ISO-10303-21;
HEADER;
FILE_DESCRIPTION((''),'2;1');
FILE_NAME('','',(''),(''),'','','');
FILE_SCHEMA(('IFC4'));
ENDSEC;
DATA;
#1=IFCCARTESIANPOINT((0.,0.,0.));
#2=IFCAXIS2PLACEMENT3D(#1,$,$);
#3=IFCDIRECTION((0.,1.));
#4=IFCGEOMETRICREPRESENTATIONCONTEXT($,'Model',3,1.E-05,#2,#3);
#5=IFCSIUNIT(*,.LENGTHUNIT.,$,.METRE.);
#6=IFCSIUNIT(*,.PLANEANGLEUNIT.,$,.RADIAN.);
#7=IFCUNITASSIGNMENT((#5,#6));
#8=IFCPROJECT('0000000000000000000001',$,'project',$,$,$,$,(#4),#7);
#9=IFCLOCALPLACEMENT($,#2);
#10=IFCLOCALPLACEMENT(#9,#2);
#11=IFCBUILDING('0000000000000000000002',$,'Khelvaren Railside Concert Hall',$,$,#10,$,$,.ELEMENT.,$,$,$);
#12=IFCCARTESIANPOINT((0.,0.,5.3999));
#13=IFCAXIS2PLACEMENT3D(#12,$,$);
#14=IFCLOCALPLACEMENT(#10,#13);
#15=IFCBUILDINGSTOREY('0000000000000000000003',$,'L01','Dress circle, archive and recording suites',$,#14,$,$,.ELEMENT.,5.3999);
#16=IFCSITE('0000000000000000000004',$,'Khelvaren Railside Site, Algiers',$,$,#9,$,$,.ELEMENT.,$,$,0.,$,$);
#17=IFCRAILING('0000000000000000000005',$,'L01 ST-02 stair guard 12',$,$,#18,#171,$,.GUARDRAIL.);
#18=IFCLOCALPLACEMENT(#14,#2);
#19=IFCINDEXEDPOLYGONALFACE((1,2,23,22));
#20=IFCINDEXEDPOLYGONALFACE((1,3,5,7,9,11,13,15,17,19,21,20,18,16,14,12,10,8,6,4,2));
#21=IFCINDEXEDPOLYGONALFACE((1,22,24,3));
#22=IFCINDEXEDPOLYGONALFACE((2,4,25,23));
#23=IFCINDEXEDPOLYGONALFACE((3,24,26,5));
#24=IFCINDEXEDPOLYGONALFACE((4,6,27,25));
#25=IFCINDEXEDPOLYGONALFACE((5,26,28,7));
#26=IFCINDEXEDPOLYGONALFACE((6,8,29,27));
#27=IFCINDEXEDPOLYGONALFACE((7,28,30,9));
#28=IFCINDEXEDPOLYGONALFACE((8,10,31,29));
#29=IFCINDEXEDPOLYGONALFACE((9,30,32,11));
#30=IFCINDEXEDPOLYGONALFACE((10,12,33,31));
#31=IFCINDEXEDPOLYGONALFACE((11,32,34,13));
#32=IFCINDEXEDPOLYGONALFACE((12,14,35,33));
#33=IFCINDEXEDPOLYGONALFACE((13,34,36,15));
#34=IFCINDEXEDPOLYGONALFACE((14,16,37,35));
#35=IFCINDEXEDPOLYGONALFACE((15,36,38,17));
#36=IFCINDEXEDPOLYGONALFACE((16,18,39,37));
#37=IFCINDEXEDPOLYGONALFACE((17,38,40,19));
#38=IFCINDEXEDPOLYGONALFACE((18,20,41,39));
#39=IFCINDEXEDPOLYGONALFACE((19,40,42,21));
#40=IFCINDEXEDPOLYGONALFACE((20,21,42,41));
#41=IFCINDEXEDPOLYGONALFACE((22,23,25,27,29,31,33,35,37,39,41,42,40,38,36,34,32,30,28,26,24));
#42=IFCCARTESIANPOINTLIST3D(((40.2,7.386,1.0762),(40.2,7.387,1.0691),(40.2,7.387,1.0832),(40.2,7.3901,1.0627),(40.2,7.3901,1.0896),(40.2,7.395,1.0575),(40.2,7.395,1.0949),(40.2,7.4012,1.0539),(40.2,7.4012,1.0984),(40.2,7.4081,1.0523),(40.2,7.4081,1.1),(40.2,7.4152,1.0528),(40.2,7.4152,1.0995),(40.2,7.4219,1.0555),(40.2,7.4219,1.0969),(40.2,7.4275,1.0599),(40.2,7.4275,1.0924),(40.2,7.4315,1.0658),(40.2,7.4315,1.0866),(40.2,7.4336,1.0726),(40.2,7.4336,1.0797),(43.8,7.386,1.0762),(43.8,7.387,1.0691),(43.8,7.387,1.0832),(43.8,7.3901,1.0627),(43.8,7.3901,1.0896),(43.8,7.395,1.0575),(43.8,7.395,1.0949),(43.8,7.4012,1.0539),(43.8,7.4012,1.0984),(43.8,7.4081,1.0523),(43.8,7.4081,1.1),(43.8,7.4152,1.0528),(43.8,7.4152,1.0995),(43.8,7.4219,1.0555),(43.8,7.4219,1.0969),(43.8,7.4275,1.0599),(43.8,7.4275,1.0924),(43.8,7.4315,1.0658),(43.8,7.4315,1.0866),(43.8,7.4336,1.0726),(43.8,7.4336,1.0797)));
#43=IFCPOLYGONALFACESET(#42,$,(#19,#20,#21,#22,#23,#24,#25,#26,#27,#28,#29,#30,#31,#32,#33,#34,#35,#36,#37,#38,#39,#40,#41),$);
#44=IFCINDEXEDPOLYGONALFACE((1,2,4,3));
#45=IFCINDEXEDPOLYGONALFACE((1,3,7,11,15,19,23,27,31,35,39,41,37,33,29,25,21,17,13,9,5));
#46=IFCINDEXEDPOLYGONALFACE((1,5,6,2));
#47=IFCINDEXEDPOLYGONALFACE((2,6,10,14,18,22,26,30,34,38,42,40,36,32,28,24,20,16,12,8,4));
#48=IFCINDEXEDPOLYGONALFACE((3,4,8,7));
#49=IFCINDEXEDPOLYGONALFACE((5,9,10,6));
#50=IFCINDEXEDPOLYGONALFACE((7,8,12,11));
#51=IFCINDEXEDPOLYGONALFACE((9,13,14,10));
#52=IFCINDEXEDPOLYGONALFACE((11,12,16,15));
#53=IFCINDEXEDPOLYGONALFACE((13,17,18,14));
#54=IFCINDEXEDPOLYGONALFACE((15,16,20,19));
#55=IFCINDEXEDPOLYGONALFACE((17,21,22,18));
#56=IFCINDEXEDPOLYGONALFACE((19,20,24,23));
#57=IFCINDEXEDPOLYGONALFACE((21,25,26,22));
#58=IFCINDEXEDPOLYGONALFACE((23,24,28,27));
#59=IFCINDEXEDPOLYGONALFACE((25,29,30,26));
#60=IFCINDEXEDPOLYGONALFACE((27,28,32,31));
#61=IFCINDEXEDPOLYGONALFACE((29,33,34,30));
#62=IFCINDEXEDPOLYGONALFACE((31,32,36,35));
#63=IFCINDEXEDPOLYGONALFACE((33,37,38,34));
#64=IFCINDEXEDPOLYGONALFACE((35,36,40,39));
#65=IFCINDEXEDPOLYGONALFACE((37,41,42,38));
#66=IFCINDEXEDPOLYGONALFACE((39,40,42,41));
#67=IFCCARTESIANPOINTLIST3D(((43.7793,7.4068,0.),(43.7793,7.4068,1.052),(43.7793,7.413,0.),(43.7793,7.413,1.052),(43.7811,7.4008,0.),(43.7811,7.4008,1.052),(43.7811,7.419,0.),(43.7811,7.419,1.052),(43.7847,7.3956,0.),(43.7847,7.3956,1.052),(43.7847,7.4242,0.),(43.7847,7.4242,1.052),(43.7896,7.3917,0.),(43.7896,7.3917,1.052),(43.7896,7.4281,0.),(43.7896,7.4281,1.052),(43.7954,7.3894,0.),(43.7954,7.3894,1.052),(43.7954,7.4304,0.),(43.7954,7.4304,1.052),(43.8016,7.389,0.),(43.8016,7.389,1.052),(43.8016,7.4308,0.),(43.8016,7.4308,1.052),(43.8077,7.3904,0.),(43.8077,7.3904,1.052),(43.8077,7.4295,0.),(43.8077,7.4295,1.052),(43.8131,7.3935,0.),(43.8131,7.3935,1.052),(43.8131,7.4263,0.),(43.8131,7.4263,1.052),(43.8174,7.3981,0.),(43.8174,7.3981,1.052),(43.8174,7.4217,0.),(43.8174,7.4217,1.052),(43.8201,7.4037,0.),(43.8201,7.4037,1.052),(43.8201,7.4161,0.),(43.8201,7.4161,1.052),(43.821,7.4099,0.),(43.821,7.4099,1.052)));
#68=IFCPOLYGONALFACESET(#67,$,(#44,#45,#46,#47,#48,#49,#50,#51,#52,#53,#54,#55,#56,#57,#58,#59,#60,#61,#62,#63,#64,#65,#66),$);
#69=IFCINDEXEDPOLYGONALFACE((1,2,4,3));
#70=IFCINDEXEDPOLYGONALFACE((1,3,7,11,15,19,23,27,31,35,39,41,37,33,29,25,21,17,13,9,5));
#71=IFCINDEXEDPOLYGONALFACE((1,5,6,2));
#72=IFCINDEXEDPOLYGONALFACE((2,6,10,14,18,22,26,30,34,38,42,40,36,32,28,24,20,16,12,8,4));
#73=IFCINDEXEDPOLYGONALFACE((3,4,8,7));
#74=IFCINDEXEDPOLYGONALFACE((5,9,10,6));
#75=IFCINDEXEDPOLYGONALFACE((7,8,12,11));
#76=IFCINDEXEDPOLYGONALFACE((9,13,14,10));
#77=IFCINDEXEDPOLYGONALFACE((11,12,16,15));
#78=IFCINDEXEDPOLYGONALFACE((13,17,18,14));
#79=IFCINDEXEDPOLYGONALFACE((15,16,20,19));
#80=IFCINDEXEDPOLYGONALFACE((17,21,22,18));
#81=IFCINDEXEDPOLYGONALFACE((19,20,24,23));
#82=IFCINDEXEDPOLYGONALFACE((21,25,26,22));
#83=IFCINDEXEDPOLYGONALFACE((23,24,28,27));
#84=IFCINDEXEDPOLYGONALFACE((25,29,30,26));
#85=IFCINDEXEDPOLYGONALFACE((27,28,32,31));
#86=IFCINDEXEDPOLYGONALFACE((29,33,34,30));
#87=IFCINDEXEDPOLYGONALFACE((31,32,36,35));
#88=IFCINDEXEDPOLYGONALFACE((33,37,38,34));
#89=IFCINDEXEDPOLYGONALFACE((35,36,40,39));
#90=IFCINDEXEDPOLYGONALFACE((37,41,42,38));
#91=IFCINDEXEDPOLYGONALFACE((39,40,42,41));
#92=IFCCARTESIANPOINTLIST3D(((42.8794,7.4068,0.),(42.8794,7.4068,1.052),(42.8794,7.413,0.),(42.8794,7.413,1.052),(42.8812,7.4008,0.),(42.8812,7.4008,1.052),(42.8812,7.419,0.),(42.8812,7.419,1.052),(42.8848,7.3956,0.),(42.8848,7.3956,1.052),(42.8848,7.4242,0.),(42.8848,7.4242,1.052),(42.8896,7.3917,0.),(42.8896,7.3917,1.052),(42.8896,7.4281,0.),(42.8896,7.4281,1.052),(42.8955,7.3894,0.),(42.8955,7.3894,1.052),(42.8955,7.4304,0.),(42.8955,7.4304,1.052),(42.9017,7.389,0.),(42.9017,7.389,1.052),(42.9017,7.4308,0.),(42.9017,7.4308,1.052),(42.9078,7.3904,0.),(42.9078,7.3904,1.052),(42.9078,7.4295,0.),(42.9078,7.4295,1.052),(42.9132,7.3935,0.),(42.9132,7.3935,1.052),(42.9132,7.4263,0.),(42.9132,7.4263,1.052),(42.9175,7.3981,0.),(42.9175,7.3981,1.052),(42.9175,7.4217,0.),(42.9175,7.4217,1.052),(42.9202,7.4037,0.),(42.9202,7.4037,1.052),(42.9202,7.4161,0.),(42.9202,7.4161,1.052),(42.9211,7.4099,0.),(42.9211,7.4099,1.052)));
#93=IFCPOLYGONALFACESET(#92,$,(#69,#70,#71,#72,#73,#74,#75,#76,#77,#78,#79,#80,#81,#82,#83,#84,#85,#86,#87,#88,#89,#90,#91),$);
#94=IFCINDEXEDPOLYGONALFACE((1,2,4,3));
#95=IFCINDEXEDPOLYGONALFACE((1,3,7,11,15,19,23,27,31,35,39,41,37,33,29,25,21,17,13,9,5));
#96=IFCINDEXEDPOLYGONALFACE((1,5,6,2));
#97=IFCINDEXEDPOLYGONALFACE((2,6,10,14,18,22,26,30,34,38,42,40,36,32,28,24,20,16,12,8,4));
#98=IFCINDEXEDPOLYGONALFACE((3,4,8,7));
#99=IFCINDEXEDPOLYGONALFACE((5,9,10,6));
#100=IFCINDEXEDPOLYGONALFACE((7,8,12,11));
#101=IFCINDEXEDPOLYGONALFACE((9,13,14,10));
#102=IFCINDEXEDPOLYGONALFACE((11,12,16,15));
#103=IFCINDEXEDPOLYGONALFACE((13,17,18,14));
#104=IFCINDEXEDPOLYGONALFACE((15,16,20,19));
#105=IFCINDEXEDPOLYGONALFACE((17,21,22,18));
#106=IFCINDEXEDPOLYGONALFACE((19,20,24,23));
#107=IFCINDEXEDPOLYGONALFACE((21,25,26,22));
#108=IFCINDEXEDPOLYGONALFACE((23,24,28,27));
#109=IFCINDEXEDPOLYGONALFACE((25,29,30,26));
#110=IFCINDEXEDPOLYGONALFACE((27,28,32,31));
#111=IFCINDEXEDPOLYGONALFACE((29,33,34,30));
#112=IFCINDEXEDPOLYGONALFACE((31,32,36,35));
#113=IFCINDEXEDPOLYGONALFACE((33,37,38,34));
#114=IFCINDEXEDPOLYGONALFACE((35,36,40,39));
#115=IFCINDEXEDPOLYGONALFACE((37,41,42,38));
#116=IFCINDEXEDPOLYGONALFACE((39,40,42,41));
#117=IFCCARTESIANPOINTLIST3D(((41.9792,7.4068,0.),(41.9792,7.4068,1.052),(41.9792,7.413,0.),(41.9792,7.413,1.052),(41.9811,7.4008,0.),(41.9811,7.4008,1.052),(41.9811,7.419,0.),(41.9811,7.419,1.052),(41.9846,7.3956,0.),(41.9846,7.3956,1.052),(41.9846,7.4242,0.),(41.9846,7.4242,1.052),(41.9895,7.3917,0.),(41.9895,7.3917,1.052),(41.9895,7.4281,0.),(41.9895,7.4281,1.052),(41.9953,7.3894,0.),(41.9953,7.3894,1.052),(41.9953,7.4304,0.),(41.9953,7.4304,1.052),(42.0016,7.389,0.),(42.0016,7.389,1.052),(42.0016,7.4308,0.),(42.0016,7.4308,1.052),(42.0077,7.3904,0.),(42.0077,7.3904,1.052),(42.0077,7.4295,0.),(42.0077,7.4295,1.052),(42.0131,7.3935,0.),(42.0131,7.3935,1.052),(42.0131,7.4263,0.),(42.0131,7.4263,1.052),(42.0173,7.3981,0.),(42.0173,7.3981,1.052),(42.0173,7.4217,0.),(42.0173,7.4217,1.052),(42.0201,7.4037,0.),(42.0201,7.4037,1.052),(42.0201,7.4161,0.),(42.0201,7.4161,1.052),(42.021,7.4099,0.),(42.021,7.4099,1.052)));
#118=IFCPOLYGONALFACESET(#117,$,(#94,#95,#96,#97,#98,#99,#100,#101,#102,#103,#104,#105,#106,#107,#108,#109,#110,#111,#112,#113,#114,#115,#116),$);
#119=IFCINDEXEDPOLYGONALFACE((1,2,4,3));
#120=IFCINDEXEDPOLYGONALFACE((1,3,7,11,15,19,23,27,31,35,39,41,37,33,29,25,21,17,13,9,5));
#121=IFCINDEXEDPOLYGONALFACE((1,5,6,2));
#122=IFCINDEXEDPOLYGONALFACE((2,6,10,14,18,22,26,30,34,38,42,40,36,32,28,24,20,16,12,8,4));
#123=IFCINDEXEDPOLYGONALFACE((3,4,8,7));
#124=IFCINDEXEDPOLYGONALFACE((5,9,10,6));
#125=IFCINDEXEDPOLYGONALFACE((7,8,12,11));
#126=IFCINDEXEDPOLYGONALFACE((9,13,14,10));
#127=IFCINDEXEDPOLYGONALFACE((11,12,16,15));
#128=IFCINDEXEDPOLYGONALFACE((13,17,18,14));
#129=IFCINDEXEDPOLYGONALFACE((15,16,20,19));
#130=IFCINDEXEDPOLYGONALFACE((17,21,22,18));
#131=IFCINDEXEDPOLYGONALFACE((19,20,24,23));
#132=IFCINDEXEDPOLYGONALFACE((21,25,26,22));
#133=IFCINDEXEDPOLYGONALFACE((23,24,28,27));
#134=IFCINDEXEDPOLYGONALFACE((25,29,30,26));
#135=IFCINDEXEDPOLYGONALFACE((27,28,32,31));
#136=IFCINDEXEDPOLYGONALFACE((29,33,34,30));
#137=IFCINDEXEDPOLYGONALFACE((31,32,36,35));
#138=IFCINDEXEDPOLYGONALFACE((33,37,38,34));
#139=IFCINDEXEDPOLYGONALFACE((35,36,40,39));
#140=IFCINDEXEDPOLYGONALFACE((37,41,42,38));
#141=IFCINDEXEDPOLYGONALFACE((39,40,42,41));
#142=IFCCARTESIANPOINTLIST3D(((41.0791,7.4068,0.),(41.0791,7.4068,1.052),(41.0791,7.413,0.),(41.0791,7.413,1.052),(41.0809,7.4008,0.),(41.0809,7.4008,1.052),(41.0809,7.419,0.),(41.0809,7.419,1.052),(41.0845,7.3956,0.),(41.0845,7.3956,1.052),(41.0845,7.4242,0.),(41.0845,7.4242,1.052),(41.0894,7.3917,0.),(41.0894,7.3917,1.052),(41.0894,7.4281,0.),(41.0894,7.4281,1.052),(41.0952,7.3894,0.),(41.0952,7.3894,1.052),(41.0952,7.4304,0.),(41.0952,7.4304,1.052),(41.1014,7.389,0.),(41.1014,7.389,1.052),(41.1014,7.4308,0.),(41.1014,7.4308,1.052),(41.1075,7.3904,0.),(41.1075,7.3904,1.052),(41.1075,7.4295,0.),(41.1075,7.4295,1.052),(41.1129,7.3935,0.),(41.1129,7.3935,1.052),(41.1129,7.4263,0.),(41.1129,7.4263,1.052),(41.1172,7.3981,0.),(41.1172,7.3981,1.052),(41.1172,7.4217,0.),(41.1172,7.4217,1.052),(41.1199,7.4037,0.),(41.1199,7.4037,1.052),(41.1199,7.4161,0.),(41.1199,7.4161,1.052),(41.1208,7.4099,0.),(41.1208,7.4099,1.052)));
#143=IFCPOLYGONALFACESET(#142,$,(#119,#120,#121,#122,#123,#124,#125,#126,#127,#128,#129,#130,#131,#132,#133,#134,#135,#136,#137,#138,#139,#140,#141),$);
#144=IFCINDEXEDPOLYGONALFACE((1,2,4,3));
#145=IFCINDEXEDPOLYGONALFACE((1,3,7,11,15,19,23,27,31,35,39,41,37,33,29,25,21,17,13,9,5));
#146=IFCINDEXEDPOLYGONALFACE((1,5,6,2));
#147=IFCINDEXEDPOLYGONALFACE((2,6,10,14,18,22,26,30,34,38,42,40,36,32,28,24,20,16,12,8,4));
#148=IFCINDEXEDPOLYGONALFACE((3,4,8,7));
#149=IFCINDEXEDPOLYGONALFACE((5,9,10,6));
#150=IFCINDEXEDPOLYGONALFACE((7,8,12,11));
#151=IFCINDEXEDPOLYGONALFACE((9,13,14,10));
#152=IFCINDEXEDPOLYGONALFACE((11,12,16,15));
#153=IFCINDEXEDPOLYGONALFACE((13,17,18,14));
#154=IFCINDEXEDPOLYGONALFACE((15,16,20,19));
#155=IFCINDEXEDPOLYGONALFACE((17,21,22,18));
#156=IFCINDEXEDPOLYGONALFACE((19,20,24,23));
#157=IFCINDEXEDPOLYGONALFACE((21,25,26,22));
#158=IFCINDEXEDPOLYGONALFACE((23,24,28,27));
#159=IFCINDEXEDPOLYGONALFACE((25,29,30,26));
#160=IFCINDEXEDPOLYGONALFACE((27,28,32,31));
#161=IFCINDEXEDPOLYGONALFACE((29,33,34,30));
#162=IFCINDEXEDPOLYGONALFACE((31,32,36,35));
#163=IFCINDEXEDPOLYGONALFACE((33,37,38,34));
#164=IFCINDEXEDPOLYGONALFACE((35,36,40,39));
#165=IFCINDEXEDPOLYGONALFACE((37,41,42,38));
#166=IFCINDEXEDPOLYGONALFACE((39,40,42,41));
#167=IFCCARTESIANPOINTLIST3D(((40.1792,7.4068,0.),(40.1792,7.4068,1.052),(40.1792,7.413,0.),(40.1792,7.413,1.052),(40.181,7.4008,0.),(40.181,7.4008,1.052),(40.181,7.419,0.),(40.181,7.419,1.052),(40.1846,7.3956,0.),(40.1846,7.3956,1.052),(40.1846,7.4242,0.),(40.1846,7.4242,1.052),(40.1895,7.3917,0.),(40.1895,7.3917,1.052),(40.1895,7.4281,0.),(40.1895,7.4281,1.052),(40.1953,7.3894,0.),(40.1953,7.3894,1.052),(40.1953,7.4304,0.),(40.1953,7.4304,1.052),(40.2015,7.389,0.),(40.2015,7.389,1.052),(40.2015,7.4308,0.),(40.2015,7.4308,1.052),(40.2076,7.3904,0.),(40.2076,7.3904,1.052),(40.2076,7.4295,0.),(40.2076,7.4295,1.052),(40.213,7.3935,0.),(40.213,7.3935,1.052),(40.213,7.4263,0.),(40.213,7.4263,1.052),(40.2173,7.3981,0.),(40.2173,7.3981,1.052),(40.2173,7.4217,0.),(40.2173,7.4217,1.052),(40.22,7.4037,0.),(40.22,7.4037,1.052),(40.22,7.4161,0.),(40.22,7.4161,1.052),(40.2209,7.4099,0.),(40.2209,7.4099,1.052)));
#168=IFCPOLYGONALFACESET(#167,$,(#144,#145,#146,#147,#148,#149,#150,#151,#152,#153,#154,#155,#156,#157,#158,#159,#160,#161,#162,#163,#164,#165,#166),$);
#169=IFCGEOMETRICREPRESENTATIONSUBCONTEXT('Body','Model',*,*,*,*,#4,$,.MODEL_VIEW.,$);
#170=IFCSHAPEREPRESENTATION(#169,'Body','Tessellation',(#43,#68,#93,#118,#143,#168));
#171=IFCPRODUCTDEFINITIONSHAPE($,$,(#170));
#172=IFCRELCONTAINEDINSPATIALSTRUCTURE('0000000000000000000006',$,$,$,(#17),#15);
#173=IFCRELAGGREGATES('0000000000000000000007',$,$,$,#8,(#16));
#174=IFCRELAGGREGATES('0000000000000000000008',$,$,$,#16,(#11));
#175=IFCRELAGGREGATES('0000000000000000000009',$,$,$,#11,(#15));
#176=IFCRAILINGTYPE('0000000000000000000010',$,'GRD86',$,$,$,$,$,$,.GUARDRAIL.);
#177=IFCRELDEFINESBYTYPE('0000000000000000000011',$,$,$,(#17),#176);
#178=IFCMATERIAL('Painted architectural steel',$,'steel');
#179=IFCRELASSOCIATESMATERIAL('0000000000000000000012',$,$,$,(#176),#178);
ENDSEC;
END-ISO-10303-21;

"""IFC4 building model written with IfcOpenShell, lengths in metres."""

from ifc_helpers import new_model, si_unit, direction, frame, origin, origin_2d, place, context, subcontext, project, spatial, circle, extrude, material, type_object, element, save


model = new_model("IFC4")

# Units and contexts
model_context = context("Model", 3, precision=1e-05, world=origin(), true_north=direction((0.0, 1.0)))
body_context = subcontext(model_context, "Body", "Model", "MODEL_VIEW")
ifc_project = project(units=[si_unit("LENGTHUNIT", "METRE"), si_unit("PLANEANGLEUNIT", "RADIAN")], contexts=[model_context])

# Site, building, storey
site_placement = place(None, origin())
site = spatial("IfcSite", under=ifc_project, at=site_placement, Name="Khelvaren Railside Site, Algiers", CompositionType="ELEMENT", RefElevation=0.0)
building_placement = place(site_placement, origin())
building = spatial("IfcBuilding", under=site, at=building_placement, Name="Khelvaren Railside Concert Hall", CompositionType="ELEMENT")
storey_placement = place(building_placement, frame((0.0, 0.0, 5.3999)))
storey = spatial("IfcBuildingStorey", under=building, at=storey_placement, Name="L01", Description="Dress circle, archive and recording suites", CompositionType="ELEMENT", Elevation=5.3999)

# Railing
ifc_material_1 = material(Name="Painted architectural steel", Category="steel")
railing_type = type_object("IfcRailingType", Name="GRD86", PredefinedType="GUARDRAIL", material=ifc_material_1)
railing_1_placement = place(storey_placement, frame((43.8, 7.4099, 0.0)))
element("IfcRailing", 1, at=railing_1_placement, inside=storey, type_object=railing_type, Name="L01 ST-02 stair guard 12", PredefinedType="GUARDRAIL", context=body_context, shape_type="SweptSolid", body=[
    extrude(circle(Radius=0.0239, at=origin_2d()), frame((0.0, 0.0, 1.0762), z_axis=(-1.0, 0.0, 0.0), x_axis=(0.0, -1.0, 0.0)), (0.0, 0.0, 1.0), 3.6001),
    extrude(circle(Radius=0.021, at=origin_2d()), origin(), (0.0, 0.0, 1.0), 1.052),
    extrude(circle(Radius=0.021, at=origin_2d()), frame((-0.8999, 0.0, 0.0)), (0.0, 0.0, 1.0), 1.052),
    extrude(circle(Radius=0.021, at=origin_2d()), frame((-1.8, 0.0, 0.0)), (0.0, 0.0, 1.0), 1.052),
    extrude(circle(Radius=0.021, at=origin_2d()), frame((-2.7002, 0.0, 0.0)), (0.0, 0.0, 1.0), 1.052),
    extrude(circle(Radius=0.021, at=origin_2d()), frame((-3.6001, 0.0, 0.0)), (0.0, 0.0, 1.0), 1.052),
])

save(model, "model.ifc")
